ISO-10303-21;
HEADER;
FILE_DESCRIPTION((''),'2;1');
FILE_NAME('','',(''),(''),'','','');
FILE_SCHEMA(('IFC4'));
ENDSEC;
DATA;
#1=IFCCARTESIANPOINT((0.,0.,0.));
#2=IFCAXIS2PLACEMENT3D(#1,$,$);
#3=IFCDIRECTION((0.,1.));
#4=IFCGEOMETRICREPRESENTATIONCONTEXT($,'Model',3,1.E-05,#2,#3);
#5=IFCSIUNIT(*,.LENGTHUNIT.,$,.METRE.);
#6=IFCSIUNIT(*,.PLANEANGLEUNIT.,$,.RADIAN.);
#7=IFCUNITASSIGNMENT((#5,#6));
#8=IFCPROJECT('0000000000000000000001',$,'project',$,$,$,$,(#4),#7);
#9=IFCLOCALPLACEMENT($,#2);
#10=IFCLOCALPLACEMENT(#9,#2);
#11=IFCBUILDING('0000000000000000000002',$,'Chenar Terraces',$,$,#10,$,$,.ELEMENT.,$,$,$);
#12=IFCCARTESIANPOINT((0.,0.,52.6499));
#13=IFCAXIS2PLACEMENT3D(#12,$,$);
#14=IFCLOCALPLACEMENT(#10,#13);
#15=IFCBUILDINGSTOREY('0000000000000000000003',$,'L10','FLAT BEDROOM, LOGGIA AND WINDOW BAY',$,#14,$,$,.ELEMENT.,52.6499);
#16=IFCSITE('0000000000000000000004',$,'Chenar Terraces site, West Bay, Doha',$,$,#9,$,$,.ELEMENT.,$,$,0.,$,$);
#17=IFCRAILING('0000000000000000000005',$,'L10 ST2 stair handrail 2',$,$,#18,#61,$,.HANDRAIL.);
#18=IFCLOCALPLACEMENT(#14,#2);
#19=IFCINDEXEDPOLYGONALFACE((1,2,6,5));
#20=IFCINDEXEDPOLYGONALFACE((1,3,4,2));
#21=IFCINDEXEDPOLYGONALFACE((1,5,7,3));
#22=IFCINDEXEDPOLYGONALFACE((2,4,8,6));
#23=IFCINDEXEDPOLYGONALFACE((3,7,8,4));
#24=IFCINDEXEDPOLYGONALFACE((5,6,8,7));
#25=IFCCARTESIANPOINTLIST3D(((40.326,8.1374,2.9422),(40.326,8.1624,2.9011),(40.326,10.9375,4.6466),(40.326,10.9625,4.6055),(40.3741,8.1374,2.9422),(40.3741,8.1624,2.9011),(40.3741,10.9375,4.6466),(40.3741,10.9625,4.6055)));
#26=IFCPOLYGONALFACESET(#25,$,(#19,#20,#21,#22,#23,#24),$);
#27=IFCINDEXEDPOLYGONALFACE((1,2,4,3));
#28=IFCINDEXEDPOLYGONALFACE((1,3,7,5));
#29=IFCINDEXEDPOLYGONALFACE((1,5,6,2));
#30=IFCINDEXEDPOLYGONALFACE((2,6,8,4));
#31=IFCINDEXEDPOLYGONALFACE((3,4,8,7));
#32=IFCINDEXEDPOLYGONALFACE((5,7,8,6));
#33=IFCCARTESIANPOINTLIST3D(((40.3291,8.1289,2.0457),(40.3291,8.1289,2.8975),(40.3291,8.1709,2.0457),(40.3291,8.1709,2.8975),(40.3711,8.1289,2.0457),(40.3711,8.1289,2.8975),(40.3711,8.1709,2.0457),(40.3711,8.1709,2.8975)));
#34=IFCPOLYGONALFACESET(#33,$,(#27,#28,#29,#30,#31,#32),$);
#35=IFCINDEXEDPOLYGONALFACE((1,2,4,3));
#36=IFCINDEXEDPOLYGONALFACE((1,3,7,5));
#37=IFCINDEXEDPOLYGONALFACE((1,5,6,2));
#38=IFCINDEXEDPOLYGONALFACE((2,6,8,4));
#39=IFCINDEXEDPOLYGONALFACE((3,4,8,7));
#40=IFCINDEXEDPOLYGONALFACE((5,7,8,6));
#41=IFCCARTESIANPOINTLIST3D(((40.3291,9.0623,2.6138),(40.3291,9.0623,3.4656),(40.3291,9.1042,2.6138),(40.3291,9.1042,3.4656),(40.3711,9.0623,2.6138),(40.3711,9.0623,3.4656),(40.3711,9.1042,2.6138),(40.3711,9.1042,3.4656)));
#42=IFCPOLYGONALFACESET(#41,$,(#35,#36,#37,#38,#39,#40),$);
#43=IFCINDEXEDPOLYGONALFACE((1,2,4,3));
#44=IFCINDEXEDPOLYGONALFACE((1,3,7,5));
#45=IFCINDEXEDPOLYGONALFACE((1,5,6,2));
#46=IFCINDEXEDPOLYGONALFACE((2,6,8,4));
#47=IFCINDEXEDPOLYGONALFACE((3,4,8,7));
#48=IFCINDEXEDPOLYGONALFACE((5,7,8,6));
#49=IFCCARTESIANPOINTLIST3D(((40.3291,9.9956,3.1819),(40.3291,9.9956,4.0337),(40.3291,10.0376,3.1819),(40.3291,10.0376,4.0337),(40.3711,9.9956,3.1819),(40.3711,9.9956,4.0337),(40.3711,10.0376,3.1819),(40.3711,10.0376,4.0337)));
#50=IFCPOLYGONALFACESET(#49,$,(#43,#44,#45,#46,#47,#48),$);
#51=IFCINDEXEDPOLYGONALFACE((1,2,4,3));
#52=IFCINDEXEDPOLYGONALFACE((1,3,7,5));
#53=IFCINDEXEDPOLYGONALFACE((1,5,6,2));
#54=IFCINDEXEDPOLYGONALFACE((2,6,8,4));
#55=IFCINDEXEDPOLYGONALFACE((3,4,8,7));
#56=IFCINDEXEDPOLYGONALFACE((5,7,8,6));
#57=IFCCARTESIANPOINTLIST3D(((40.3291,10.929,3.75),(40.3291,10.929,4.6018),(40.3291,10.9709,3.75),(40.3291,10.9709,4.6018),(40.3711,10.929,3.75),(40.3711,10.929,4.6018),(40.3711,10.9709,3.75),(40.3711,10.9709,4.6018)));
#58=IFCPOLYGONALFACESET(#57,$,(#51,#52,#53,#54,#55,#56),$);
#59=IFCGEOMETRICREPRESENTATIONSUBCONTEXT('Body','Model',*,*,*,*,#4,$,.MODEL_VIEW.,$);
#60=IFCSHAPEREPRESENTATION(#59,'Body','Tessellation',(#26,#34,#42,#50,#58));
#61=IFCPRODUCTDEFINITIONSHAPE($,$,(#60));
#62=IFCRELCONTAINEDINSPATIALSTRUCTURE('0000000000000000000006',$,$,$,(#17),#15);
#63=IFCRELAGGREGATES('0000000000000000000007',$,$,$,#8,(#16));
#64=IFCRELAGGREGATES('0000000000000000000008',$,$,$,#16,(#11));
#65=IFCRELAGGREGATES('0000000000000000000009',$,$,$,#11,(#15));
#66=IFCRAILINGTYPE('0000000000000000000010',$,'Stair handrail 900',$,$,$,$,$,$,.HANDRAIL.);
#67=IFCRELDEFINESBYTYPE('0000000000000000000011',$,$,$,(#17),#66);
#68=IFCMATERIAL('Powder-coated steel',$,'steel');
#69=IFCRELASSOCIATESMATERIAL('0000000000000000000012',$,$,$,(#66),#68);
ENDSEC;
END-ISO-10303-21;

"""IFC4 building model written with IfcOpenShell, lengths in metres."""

from ifc_helpers import new_model, si_unit, direction, frame, origin, origin_2d, place, context, subcontext, project, spatial, rectangle, extrude, material, type_object, element, save


model = new_model("IFC4")

# Units and contexts
model_context = context("Model", 3, precision=1e-05, world=origin(), true_north=direction((0.0, 1.0)))
body_context = subcontext(model_context, "Body", "Model", "MODEL_VIEW")
ifc_project = project(units=[si_unit("LENGTHUNIT", "METRE"), si_unit("PLANEANGLEUNIT", "RADIAN")], contexts=[model_context])

# Site, building, storey
site_placement = place(None, origin())
site = spatial("IfcSite", under=ifc_project, at=site_placement, Name="Chenar Terraces site, West Bay, Doha", CompositionType="ELEMENT", RefElevation=0.0)
building_placement = place(site_placement, origin())
building = spatial("IfcBuilding", under=site, at=building_placement, Name="Chenar Terraces", CompositionType="ELEMENT")
storey_placement = place(building_placement, frame((0.0, 0.0, 52.6499)))
storey = spatial("IfcBuildingStorey", under=building, at=storey_placement, Name="L10", Description="FLAT BEDROOM, LOGGIA AND WINDOW BAY", CompositionType="ELEMENT", Elevation=52.6499)

# Railing
ifc_material_1 = material(Name="Powder-coated steel", Category="steel")
railing_type_1 = type_object("IfcRailingType", Name="Stair handrail 900", PredefinedType="HANDRAIL", material=ifc_material_1)
railing_1_placement = place(storey_placement, frame((40.3501, 8.1499, 2.0457)))
element("IfcRailing", 1, at=railing_1_placement, inside=storey, type_object=railing_type_1, Name="L10 ST2 stair handrail 2", PredefinedType="HANDRAIL", context=body_context, shape_type="SweptSolid", body=[
    extrude(rectangle(XDim=0.0481, YDim=0.0481, at=origin_2d()), frame((0.0, 0.0, 0.876), z_axis=(0.0, 0.854203, 0.51994), x_axis=(-1.0, 0.0, 0.0)), (0.0, 0.0, 1.0), 3.2781),
    extrude(rectangle(XDim=0.042, YDim=0.042, at=origin_2d()), origin(), (0.0, 0.0, 1.0), 0.8518),
    extrude(rectangle(XDim=0.042, YDim=0.042, at=origin_2d()), frame((0.0, 0.9333, 0.5681)), (0.0, 0.0, 1.0), 0.8518),
    extrude(rectangle(XDim=0.042, YDim=0.042, at=origin_2d()), frame((0.0, 1.8667, 1.1362)), (0.0, 0.0, 1.0), 0.8518),
    extrude(rectangle(XDim=0.042, YDim=0.042, at=origin_2d()), frame((0.0, 2.8, 1.7043)), (0.0, 0.0, 1.0), 0.8518),
])

save(model, "model.ifc")
